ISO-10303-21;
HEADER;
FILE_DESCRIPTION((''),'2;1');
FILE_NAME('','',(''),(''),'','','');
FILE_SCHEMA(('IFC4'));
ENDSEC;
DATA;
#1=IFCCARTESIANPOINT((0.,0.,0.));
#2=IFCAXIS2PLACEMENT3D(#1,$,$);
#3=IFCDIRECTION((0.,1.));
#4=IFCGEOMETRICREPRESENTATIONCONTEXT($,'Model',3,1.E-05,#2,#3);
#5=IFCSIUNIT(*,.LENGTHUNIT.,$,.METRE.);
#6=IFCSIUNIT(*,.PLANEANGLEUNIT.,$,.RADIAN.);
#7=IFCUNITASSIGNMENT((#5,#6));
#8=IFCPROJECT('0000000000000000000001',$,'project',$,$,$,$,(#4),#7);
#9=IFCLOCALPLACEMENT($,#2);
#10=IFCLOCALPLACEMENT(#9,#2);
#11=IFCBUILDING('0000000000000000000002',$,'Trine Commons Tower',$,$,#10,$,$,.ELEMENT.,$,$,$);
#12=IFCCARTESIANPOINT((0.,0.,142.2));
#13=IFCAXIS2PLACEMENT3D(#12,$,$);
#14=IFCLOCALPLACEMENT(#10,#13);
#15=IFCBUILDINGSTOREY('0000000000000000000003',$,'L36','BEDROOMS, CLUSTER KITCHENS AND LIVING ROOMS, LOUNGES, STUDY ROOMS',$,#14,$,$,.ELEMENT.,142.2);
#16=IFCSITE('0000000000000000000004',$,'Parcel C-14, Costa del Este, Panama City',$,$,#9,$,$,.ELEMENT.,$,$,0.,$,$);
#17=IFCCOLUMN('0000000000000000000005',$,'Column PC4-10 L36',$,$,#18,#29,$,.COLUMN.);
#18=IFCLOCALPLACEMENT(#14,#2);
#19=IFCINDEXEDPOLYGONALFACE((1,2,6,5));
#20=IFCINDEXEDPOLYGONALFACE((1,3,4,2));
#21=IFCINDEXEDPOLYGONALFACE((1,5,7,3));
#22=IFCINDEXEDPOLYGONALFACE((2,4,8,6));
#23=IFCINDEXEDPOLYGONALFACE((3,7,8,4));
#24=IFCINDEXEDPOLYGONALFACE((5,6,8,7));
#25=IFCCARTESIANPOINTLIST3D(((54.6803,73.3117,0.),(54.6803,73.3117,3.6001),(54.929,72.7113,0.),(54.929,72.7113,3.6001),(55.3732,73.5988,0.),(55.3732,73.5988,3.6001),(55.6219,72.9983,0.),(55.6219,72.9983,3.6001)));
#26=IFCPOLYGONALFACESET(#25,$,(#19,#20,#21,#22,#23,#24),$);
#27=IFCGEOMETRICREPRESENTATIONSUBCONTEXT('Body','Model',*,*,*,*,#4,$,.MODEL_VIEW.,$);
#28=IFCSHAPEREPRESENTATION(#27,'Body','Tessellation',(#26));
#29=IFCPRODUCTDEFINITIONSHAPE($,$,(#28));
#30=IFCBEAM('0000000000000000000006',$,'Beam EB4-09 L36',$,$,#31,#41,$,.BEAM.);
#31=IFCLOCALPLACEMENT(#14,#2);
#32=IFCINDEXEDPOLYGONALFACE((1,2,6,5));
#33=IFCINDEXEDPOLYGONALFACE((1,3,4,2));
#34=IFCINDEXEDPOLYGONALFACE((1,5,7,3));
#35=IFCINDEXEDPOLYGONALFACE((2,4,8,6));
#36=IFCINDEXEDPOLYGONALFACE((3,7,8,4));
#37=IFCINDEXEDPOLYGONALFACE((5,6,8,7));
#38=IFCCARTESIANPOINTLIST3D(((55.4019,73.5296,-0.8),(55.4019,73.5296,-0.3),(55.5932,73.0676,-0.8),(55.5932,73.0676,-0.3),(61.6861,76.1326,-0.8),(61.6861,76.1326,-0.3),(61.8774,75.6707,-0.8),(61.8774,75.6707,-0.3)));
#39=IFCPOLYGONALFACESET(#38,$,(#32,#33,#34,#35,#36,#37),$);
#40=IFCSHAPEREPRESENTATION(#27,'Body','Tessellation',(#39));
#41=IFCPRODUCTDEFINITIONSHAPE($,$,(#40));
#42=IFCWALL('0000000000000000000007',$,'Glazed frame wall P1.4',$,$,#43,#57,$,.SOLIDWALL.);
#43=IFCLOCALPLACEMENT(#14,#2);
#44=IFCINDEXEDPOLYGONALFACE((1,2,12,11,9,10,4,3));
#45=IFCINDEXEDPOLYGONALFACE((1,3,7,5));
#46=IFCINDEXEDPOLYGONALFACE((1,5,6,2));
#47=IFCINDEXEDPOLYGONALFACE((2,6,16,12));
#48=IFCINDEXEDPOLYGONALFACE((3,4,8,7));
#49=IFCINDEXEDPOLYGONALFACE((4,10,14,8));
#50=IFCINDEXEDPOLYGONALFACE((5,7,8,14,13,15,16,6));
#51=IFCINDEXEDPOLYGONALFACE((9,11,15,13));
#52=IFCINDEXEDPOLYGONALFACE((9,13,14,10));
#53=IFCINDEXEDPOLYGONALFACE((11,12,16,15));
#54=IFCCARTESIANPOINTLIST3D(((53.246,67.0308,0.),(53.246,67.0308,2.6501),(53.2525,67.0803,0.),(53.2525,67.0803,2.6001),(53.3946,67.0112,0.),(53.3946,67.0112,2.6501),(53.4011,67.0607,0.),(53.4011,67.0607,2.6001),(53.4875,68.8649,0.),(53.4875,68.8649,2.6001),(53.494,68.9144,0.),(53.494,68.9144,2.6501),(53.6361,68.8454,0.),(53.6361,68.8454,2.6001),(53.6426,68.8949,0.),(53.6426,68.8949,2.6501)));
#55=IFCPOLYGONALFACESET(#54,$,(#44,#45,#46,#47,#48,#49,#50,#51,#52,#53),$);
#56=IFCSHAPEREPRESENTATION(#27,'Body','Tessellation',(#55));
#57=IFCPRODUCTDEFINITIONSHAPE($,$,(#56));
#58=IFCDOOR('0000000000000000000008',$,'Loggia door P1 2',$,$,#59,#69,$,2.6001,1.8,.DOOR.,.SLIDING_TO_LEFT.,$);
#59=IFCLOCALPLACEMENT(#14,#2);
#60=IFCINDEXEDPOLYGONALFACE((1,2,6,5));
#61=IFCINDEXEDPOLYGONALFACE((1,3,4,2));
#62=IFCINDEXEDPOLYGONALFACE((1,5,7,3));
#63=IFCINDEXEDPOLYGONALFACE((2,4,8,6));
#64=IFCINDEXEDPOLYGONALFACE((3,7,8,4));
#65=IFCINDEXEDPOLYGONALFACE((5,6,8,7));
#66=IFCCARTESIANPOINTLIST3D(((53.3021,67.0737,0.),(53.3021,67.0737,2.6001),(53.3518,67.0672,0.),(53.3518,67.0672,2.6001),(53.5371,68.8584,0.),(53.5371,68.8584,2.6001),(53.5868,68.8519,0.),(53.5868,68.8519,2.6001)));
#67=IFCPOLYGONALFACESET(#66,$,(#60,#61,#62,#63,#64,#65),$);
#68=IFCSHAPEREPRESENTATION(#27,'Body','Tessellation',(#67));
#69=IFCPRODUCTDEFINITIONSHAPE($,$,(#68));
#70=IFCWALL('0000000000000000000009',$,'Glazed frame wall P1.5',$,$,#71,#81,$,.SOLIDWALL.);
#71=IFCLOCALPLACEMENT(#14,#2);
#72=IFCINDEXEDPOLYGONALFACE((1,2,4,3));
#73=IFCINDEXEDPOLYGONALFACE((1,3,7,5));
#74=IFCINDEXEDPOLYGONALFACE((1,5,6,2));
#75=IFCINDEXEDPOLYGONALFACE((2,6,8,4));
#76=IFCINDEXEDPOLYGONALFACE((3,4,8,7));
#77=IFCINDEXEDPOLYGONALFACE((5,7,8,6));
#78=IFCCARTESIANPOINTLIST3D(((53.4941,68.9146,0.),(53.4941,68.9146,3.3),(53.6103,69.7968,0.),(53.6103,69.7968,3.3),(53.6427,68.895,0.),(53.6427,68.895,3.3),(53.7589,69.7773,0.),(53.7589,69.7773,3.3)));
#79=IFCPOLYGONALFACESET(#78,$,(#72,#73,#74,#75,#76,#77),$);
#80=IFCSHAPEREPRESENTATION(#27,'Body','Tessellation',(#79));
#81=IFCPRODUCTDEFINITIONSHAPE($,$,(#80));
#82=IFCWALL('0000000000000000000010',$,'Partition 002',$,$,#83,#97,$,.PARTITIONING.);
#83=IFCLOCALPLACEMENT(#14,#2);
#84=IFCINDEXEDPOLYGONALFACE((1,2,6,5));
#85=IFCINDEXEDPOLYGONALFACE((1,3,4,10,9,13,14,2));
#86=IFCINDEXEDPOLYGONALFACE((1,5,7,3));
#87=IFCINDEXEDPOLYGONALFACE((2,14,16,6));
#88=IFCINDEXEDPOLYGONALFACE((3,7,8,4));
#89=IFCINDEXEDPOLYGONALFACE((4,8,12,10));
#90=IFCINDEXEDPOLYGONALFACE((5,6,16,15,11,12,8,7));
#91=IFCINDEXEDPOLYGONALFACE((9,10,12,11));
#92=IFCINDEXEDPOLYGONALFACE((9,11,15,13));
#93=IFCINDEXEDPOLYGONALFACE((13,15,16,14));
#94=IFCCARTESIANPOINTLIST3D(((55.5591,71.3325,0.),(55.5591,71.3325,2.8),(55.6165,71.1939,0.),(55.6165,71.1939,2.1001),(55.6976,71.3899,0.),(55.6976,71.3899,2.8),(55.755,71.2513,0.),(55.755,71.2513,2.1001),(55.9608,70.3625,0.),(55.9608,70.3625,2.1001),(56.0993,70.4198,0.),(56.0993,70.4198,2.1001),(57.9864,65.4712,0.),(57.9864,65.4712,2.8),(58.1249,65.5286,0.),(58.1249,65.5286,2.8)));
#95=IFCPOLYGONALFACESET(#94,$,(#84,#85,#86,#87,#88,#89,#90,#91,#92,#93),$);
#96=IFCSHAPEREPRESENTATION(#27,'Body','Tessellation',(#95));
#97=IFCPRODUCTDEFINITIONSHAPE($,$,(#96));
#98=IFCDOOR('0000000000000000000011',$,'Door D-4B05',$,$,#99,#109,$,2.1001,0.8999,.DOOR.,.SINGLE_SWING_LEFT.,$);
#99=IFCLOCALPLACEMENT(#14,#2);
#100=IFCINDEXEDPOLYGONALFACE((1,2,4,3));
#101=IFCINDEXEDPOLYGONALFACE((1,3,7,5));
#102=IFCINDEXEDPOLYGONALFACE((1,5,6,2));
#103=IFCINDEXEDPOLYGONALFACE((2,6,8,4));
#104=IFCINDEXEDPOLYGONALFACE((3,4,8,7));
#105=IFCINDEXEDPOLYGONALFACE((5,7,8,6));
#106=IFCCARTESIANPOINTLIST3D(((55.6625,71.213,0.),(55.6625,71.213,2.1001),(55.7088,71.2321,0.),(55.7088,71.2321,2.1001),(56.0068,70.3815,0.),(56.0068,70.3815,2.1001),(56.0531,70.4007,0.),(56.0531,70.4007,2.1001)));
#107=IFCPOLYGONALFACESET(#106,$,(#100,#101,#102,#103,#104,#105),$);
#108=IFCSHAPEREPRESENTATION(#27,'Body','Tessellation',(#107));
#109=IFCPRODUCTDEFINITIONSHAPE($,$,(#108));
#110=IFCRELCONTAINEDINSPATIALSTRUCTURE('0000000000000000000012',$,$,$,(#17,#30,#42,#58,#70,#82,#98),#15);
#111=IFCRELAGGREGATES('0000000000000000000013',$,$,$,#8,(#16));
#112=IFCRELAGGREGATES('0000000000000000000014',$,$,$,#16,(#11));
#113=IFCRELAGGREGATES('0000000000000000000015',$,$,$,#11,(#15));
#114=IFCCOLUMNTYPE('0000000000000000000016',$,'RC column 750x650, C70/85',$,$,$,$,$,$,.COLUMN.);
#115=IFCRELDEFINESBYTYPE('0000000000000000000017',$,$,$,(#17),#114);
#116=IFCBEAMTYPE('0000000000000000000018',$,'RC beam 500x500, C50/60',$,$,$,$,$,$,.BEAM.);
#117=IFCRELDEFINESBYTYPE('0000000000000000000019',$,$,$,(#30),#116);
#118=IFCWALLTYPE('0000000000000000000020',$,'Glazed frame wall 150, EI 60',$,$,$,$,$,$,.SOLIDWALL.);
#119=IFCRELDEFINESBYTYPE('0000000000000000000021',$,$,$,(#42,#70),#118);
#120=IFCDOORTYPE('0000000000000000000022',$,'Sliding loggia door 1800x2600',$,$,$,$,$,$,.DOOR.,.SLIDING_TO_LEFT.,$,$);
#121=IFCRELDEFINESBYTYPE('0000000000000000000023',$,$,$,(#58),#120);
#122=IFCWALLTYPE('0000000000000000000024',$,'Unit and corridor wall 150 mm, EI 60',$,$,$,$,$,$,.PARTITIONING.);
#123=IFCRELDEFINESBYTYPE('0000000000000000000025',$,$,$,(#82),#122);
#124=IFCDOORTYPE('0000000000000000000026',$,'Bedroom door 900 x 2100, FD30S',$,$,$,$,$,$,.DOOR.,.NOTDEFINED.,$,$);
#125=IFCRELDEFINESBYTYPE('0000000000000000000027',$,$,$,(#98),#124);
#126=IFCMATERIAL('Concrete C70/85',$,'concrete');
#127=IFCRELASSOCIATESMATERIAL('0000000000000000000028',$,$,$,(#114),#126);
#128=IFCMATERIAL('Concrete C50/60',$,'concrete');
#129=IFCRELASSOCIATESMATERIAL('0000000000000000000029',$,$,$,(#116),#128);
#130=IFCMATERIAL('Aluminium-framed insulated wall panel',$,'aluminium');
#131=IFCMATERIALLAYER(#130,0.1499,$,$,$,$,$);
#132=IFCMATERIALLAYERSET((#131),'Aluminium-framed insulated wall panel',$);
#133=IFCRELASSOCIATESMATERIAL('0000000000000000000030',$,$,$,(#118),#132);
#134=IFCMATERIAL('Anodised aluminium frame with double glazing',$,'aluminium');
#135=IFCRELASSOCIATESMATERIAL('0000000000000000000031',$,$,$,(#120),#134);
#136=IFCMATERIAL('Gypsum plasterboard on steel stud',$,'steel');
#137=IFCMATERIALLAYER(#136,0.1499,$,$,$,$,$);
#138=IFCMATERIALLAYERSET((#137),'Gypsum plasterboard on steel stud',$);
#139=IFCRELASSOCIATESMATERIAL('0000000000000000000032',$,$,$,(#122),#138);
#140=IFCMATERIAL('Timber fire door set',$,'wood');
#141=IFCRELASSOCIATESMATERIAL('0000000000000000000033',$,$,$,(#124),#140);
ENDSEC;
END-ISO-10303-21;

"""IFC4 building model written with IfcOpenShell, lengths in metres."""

from ifc_helpers import new_model, si_unit, direction, frame, frame_2d, origin, origin_2d, place, context, subcontext, project, spatial, polyline, rectangle, outline, extrude, material, layer, layer_set, material_profile, profile_set, type_object, element, fill, save


model = new_model("IFC4")

# Units and contexts
model_context = context("Model", 3, precision=1e-05, world=origin(), true_north=direction((0.0, 1.0)))
body_context = subcontext(model_context, "Body", "Model", "MODEL_VIEW")
ifc_project = project(units=[si_unit("LENGTHUNIT", "METRE"), si_unit("PLANEANGLEUNIT", "RADIAN")], contexts=[model_context])

# Site, building, storey
site_placement = place(None, origin())
site = spatial("IfcSite", under=ifc_project, at=site_placement, Name="Parcel C-14, Costa del Este, Panama City", CompositionType="ELEMENT", RefElevation=0.0)
building_placement = place(site_placement, origin())
building = spatial("IfcBuilding", under=site, at=building_placement, Name="Trine Commons Tower", CompositionType="ELEMENT")
storey_placement = place(building_placement, frame((0.0, 0.0, 142.2)))
storey = spatial("IfcBuildingStorey", under=building, at=storey_placement, Name="L36", Description="BEDROOMS, CLUSTER KITCHENS AND LIVING ROOMS, LOUNGES, STUDY ROOMS", CompositionType="ELEMENT", Elevation=142.2)

# Column
ifc_material_1 = material(Name="Concrete C70/85", Category="concrete")
ifc_material_profile_1 = material_profile(ifc_material_1, rectangle(XDim=0.75, YDim=0.6499, at=origin_2d()), Name="RC 750x650")
ifc_profile_set_1 = profile_set([ifc_material_profile_1], Name="Concrete C70/85")
column_type = type_object("IfcColumnType", Name="RC column 750x650, C70/85", PredefinedType="COLUMN", material=ifc_profile_set_1)
column_placement = place(storey_placement, frame((55.1511, 73.155, 0.0), z_axis=(0.0, 0.0, 1.0), x_axis=(0.92388, 0.382683, 0.0)))
element("IfcColumn", 1, at=column_placement, inside=storey, type_object=column_type, Name="Column PC4-10 L36", PredefinedType="COLUMN", context=body_context, shape_type="SweptSolid", body=[
    extrude(rectangle(XDim=0.75, YDim=0.6499, at=origin_2d()), origin(), (0.0, 0.0, 1.0), 3.6001),
])

# Beam
ifc_material_2 = material(Name="Concrete C50/60", Category="concrete")
ifc_material_profile_2 = material_profile(ifc_material_2, rectangle(XDim=0.5, YDim=0.5, at=origin_2d()), Name="RC 500x500")
ifc_profile_set_2 = profile_set([ifc_material_profile_2], Name="Concrete C50/60")
beam_type = type_object("IfcBeamType", Name="RC beam 500x500, C50/60", PredefinedType="BEAM", material=ifc_profile_set_2)
beam_placement = place(storey_placement, frame((55.4976, 73.2986, -0.55), z_axis=(0.923878, 0.382688, 0.0), x_axis=(-0.382688, 0.923878, 0.0)))
element("IfcBeam", 2, at=beam_placement, inside=storey, type_object=beam_type, Name="Beam EB4-09 L36", PredefinedType="BEAM", context=body_context, shape_type="SweptSolid", body=[
    extrude(rectangle(XDim=0.5, YDim=0.5, at=origin_2d()), origin(), (0.0, 0.0, 1.0), 6.802),
])

# Wall, opening, door
ifc_material_3 = material(Name="Aluminium-framed insulated wall panel", Category="aluminium")
ifc_layer_1 = layer(ifc_material_3, 0.1499)
ifc_layer_set_1 = layer_set([ifc_layer_1], Name="Aluminium-framed insulated wall panel")
wall_type_1 = type_object("IfcWallType", Name="Glazed frame wall 150, EI 60", PredefinedType="SOLIDWALL", material=ifc_layer_set_1)
wall_1_placement = place(storey_placement, frame((53.3203, 67.021, 0.0), z_axis=(0.0, 0.0, 1.0), x_axis=(0.130548, 0.991442, 0.0)))
wall_1 = element("IfcWall", 3, at=wall_1_placement, inside=storey, type_object=wall_type_1, Name="Glazed frame wall P1.4", PredefinedType="SOLIDWALL", context=body_context, shape_type="SweptSolid", body=[
    extrude(outline(polyline([(0.0, -0.075), (1.8999, -0.075), (1.8999, 0.075), (0.0, 0.075), (0.0, -0.075)])), origin(), (0.0, 0.0, 1.0), 2.6501),
])
opening_1_placement = place(wall_1_placement, frame((0.05, 0.0, 0.0)))
opening_1 = element("IfcOpeningElement", 4, at=opening_1_placement, cuts=wall_1, PredefinedType="OPENING", context=body_context, shape_type="SweptSolid", body=[
    extrude(rectangle(XDim=1.8, YDim=2.6001, at=frame_2d((0.8999, 1.3))), frame((0.0, 0.085, 0.0), z_axis=(0.0, -1.0, 0.0), x_axis=(1.0, 0.0, 0.0)), (0.0, 0.0, 1.0), 0.1699),
])
ifc_material_4 = material(Name="Anodised aluminium frame with double glazing", Category="aluminium")
door_type_1 = type_object("IfcDoorType", Name="Sliding loggia door 1800x2600", OperationType="SLIDING_TO_LEFT", PredefinedType="DOOR", material=ifc_material_4)
door_1_placement = place(opening_1_placement, origin())
door_1 = element("IfcDoor", 5, at=door_1_placement, inside=storey, type_object=door_type_1, Name="Loggia door P1 2", OperationType="SLIDING_TO_LEFT", OverallHeight=2.6001, OverallWidth=1.8, PredefinedType="DOOR", context=body_context, shape_type="SweptSolid", body=[
    extrude(rectangle(XDim=1.8, YDim=2.6001, at=frame_2d((0.8999, 1.3))), frame((0.0, 0.0249, 0.0), z_axis=(0.0, -1.0, 0.0), x_axis=(1.0, 0.0, 0.0)), (0.0, 0.0, 1.0), 0.05),
])
fill(opening_1, door_1)

# Wall
wall_2_placement = place(storey_placement, frame((53.5684, 68.9048, 0.0), z_axis=(0.0, 0.0, 1.0), x_axis=(0.130612, 0.991434, 0.0)))
element("IfcWall", 6, at=wall_2_placement, inside=storey, type_object=wall_type_1, Name="Glazed frame wall P1.5", PredefinedType="SOLIDWALL", context=body_context, shape_type="SweptSolid", body=[
    extrude(outline(polyline([(0.8899, 0.075), (0.0, 0.075), (0.0, -0.075), (0.8899, -0.075), (0.8899, 0.075)])), origin(), (0.0, 0.0, 1.0), 3.3),
])

# Wall, opening, door
ifc_material_5 = material(Name="Gypsum plasterboard on steel stud", Category="steel")
ifc_layer_2 = layer(ifc_material_5, 0.1499)
ifc_layer_set_2 = layer_set([ifc_layer_2], Name="Gypsum plasterboard on steel stud")
wall_type_2 = type_object("IfcWallType", Name="Unit and corridor wall 150 mm, EI 60", PredefinedType="PARTITIONING", material=ifc_layer_set_2)
wall_3_placement = place(storey_placement, frame((55.6284, 71.3611, 0.0), z_axis=(0.0, 0.0, 1.0), x_axis=(0.382603, -0.923913, 0.0)))
wall_3 = element("IfcWall", 7, at=wall_3_placement, inside=storey, type_object=wall_type_2, Name="Partition 002", PredefinedType="PARTITIONING", context=body_context, shape_type="SweptSolid", body=[
    extrude(rectangle(XDim=6.344, YDim=0.1499, at=frame_2d((3.1719, 0.0))), origin(), (0.0, 0.0, 1.0), 2.8),
])
opening_2_placement = place(wall_3_placement, frame((0.1499, 0.0, 0.0)))
opening_2 = element("IfcOpeningElement", 8, at=opening_2_placement, cuts=wall_3, PredefinedType="OPENING", context=body_context, shape_type="SweptSolid", body=[
    extrude(rectangle(XDim=0.8999, YDim=2.1001, at=frame_2d((0.45, 1.05))), frame((0.0, 0.085, 0.0), z_axis=(0.0, -1.0, 0.0), x_axis=(1.0, 0.0, 0.0)), (0.0, 0.0, 1.0), 0.1699),
])
ifc_material_6 = material(Name="Timber fire door set", Category="wood")
door_type_2 = type_object("IfcDoorType", Name="Bedroom door 900 x 2100, FD30S", OperationType="NOTDEFINED", PredefinedType="DOOR", material=ifc_material_6)
door_2_placement = place(opening_2_placement, origin())
door_2 = element("IfcDoor", 9, at=door_2_placement, inside=storey, type_object=door_type_2, Name="Door D-4B05", OperationType="SINGLE_SWING_LEFT", OverallHeight=2.1001, OverallWidth=0.8999, PredefinedType="DOOR", context=body_context, shape_type="SweptSolid", body=[
    extrude(rectangle(XDim=0.8999, YDim=2.1001, at=frame_2d((0.45, 1.05))), frame((0.0, 0.0249, 0.0), z_axis=(0.0, -1.0, 0.0), x_axis=(1.0, 0.0, 0.0)), (0.0, 0.0, 1.0), 0.05),
])
fill(opening_2, door_2)

save(model, "model.ifc")
